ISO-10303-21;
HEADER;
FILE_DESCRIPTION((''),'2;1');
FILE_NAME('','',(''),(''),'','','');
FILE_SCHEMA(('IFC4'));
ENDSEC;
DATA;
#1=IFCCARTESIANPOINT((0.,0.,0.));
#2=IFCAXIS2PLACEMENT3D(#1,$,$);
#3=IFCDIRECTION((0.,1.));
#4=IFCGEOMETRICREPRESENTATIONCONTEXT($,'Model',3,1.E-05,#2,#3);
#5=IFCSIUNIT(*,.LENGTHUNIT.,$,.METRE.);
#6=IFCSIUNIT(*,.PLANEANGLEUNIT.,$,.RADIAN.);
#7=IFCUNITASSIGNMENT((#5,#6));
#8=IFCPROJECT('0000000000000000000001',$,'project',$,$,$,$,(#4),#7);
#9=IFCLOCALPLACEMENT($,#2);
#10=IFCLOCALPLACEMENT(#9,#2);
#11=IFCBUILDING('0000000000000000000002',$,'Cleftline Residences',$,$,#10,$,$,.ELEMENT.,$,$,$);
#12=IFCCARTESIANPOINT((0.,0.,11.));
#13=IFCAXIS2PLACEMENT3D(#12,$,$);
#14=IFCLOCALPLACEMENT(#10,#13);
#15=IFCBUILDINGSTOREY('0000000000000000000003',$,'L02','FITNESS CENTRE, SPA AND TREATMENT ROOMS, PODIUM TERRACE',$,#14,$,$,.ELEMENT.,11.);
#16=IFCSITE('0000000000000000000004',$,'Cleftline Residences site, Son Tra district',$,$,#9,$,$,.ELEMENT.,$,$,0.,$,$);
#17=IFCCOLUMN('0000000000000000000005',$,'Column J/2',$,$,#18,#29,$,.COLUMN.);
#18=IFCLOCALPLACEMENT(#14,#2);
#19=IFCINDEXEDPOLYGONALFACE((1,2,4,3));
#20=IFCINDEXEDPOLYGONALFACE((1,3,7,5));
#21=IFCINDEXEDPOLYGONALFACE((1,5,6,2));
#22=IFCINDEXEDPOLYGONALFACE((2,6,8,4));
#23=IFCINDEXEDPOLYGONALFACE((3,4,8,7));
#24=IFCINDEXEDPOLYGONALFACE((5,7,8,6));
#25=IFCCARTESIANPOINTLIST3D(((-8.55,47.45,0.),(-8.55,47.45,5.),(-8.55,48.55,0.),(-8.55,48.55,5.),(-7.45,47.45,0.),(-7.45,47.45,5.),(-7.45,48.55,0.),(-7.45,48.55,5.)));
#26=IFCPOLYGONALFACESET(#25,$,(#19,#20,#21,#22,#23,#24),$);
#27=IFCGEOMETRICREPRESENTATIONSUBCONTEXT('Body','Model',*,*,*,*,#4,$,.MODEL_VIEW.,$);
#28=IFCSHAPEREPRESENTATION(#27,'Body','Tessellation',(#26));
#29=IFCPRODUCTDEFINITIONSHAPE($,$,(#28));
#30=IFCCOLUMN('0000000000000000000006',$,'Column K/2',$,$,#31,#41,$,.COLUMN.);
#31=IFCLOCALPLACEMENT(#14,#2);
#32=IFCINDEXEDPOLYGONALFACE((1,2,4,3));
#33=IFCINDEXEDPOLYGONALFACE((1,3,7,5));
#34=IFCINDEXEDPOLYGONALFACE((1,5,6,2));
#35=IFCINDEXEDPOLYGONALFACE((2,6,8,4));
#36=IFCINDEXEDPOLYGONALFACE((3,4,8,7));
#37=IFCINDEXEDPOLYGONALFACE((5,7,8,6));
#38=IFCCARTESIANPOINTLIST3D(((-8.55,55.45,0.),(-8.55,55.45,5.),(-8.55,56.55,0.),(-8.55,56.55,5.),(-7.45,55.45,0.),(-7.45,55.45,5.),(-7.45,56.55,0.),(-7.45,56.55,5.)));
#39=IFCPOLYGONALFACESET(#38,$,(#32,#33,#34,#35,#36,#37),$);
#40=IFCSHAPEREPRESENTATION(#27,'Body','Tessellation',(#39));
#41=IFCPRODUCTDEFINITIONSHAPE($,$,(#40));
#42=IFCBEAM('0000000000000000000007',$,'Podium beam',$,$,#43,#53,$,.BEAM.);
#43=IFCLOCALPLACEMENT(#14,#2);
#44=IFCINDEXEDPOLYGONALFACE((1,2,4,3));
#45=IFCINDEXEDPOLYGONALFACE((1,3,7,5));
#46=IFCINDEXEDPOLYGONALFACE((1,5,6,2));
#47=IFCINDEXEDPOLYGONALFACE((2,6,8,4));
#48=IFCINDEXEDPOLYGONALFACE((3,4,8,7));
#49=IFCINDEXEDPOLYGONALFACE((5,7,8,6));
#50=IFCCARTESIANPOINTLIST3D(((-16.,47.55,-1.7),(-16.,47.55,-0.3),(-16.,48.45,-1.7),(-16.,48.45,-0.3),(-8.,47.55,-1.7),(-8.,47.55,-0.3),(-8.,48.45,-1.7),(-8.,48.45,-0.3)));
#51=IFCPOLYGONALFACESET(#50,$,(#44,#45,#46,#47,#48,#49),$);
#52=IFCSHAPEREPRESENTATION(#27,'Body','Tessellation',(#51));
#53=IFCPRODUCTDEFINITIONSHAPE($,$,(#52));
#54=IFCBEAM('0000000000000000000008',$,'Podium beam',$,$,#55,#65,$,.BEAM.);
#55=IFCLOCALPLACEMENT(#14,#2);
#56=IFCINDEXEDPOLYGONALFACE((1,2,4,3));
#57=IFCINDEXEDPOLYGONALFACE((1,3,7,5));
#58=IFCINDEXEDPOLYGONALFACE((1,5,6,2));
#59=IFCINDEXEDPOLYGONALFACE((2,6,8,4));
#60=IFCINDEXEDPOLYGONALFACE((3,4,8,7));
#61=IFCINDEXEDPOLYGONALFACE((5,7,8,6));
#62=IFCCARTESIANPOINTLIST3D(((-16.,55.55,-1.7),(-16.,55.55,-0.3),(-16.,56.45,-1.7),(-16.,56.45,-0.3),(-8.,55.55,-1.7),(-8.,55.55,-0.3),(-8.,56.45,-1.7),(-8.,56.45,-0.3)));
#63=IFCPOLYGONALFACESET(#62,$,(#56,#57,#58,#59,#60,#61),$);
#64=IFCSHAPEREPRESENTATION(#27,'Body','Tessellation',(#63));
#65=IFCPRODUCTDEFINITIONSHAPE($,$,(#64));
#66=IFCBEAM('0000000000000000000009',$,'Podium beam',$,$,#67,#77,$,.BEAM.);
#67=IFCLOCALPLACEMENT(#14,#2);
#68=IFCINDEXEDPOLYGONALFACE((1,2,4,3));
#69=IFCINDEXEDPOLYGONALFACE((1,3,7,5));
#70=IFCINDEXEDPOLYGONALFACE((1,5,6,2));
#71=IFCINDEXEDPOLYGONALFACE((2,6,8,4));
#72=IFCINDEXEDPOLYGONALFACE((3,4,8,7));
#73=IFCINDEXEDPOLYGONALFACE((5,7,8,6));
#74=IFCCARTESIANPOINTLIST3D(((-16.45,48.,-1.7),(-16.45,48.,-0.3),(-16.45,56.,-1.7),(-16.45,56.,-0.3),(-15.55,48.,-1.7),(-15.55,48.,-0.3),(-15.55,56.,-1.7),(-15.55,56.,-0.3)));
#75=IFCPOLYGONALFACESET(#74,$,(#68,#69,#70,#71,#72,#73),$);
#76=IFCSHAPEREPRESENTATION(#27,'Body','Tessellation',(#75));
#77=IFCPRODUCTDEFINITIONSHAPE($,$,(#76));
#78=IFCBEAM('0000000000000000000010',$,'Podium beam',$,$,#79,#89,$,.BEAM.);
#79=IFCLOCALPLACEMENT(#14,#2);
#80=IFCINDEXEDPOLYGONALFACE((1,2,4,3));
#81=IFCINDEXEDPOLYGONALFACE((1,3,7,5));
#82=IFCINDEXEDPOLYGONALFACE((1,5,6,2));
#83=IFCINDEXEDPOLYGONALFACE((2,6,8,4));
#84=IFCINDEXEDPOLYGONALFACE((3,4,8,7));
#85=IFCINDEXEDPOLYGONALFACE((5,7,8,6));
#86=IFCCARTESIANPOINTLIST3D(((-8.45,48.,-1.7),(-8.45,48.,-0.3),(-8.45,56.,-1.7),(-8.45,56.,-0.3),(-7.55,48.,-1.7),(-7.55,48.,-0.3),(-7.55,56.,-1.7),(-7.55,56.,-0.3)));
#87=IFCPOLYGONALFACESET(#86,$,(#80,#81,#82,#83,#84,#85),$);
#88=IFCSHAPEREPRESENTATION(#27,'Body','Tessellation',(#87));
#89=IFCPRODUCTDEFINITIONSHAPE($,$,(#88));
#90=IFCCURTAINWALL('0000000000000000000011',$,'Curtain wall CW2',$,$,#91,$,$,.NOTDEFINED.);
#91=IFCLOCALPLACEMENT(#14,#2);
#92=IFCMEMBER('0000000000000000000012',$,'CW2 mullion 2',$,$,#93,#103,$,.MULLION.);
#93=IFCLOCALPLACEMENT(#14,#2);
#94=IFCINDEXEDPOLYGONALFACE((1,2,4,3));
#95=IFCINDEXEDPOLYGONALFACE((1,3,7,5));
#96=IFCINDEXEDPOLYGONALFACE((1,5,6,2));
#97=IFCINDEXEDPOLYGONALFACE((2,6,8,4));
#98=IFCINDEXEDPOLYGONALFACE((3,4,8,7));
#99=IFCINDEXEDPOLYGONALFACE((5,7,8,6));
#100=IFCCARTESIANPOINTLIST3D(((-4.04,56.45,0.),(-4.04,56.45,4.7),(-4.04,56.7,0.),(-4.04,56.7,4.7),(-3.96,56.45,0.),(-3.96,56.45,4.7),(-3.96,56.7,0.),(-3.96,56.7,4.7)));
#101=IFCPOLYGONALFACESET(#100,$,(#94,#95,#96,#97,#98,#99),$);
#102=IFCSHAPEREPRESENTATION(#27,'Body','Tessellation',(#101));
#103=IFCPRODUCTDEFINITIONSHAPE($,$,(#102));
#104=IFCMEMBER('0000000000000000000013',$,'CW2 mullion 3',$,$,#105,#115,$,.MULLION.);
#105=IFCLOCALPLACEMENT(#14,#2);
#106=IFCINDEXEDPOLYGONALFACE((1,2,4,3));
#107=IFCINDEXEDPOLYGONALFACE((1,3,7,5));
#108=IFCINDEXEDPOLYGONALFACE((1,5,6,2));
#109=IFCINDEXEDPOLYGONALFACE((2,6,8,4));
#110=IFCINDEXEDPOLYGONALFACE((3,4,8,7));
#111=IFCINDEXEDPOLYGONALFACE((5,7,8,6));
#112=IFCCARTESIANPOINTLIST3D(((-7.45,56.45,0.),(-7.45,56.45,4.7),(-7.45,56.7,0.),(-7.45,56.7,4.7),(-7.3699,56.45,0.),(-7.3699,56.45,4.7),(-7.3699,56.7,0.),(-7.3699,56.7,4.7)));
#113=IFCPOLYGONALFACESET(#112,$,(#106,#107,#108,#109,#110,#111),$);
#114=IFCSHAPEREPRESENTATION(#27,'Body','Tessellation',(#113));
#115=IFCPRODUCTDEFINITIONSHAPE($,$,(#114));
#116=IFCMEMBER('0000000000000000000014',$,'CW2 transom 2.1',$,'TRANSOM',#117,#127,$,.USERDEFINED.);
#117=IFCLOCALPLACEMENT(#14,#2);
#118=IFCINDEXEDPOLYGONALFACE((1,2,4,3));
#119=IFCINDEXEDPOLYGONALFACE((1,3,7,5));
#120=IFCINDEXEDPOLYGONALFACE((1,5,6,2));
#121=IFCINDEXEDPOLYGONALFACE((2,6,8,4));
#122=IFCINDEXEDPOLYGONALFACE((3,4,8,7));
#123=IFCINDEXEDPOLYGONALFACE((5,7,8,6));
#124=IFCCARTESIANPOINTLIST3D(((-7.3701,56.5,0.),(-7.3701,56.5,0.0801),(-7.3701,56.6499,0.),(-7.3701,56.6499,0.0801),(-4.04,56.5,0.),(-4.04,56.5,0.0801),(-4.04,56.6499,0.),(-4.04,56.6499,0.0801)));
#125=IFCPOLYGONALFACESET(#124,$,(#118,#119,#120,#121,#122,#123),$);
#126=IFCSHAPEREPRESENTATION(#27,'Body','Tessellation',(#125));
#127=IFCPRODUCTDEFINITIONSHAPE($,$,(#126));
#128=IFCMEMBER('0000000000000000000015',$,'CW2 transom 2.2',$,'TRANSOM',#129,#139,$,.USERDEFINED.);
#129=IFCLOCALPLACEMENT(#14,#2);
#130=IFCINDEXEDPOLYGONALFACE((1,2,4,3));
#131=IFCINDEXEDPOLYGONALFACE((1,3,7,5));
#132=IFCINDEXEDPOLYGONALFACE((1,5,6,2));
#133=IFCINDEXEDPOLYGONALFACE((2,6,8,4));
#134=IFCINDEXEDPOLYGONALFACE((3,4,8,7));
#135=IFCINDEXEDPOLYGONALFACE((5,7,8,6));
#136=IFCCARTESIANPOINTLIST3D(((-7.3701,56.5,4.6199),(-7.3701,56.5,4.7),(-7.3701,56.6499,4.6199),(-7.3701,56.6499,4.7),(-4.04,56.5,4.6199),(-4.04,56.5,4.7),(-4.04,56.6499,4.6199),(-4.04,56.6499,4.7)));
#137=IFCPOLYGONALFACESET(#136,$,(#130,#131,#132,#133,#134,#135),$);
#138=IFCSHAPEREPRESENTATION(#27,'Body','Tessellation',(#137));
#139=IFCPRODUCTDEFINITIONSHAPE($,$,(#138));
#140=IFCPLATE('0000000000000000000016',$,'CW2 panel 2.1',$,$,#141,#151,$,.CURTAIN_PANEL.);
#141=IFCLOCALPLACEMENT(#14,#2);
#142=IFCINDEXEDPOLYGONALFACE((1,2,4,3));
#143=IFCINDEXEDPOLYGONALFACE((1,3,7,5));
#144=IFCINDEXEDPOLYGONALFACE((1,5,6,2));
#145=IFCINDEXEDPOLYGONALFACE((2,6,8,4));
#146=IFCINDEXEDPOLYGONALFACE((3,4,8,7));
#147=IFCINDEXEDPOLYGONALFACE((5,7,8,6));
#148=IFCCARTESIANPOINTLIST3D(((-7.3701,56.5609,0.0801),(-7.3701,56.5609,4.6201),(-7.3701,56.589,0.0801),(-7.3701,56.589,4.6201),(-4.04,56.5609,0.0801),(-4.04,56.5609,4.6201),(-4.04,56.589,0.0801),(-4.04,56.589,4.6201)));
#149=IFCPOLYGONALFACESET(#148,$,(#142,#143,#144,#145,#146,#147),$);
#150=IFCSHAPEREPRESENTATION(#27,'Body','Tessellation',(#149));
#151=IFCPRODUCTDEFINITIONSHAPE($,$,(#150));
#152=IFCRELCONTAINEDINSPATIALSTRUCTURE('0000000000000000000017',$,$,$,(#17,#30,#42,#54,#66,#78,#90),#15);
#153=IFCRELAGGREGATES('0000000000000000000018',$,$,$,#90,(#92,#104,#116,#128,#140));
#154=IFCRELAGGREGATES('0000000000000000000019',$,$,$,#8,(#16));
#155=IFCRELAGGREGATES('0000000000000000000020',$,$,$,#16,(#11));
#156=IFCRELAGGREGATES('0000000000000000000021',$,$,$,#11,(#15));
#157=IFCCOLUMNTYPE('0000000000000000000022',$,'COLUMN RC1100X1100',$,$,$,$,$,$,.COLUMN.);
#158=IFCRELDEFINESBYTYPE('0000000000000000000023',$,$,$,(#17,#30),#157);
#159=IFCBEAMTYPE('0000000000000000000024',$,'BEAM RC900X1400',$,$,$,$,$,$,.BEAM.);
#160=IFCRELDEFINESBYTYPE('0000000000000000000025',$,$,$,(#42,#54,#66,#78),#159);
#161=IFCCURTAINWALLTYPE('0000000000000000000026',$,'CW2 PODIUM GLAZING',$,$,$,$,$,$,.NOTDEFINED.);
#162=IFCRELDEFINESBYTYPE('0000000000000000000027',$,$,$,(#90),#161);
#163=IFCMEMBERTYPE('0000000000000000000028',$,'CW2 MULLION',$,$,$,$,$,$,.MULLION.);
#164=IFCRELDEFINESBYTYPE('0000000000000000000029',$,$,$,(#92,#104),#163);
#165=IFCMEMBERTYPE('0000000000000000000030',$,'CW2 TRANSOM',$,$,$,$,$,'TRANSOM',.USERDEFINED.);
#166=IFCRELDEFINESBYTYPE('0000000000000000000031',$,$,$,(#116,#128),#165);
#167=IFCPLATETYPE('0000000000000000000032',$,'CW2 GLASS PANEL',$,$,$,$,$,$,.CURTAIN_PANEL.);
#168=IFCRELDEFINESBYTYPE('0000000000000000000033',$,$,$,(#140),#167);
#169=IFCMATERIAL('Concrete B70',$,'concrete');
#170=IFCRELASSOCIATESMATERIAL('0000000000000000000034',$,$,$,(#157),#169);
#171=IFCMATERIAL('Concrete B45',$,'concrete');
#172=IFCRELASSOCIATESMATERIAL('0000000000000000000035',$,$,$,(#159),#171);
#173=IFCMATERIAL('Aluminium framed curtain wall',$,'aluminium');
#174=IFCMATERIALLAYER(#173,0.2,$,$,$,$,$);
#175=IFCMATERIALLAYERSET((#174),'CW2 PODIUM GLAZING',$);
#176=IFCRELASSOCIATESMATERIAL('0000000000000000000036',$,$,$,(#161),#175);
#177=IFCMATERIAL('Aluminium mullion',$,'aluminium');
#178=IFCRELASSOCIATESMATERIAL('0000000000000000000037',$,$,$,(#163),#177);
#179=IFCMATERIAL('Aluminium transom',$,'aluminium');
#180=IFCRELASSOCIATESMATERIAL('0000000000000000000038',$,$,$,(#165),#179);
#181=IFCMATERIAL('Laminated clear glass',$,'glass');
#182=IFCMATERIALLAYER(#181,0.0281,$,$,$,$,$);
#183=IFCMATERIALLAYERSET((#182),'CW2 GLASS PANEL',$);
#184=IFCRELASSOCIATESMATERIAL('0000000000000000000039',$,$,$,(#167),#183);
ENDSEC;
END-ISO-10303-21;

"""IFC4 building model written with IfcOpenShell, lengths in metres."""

from ifc_helpers import new_model, si_unit, direction, frame, origin, origin_2d, place, context, subcontext, project, spatial, rectangle, extrude, material, layer, layer_set, material_profile, profile_set, type_object, element, aggregate, save


model = new_model("IFC4")

# Units and contexts
model_context = context("Model", 3, precision=1e-05, world=origin(), true_north=direction((0.0, 1.0)))
body_context = subcontext(model_context, "Body", "Model", "MODEL_VIEW")
ifc_project = project(units=[si_unit("LENGTHUNIT", "METRE"), si_unit("PLANEANGLEUNIT", "RADIAN")], contexts=[model_context])

# Site, building, storey
site_placement = place(None, origin())
site = spatial("IfcSite", under=ifc_project, at=site_placement, Name="Cleftline Residences site, Son Tra district", CompositionType="ELEMENT", RefElevation=0.0)
building_placement = place(site_placement, origin())
building = spatial("IfcBuilding", under=site, at=building_placement, Name="Cleftline Residences", CompositionType="ELEMENT")
storey_placement = place(building_placement, frame((0.0, 0.0, 11.0)))
storey = spatial("IfcBuildingStorey", under=building, at=storey_placement, Name="L02", Description="FITNESS CENTRE, SPA AND TREATMENT ROOMS, PODIUM TERRACE", CompositionType="ELEMENT", Elevation=11.0)

# Columns
ifc_material_1 = material(Name="Concrete B70", Category="concrete")
ifc_material_profile_1 = material_profile(ifc_material_1, rectangle(XDim=1.1001, YDim=1.1001, at=origin_2d()))
ifc_profile_set_1 = profile_set([ifc_material_profile_1], Name="Concrete B70")
column_type = type_object("IfcColumnType", Name="COLUMN RC1100X1100", PredefinedType="COLUMN", material=ifc_profile_set_1)
for number, where, z_axis, x_axis, name in (
    (1, (-8.0, 48.0, 0.0), (0.0, 0.0, 1.0), (1.0, 0.0, 0.0), "Column J/2"),
    (2, (-8.0, 56.0, 0.0), (0.0, 0.0, 1.0), (1.0, 0.0, 0.0), "Column K/2"),
):
    element("IfcColumn", number, at=place(storey_placement, frame(where, z_axis=z_axis, x_axis=x_axis)), inside=storey, type_object=column_type, Name=name, PredefinedType="COLUMN", context=body_context, shape_type="SweptSolid", body=[
        extrude(rectangle(XDim=1.1001, YDim=1.1001, at=origin_2d()), origin(), (0.0, 0.0, 1.0), 5.0),
    ])

# Beams
ifc_material_2 = material(Name="Concrete B45", Category="concrete")
ifc_material_profile_2 = material_profile(ifc_material_2, rectangle(XDim=0.8999, YDim=1.3999, at=origin_2d()))
ifc_profile_set_2 = profile_set([ifc_material_profile_2], Name="Concrete B45")
beam_type = type_object("IfcBeamType", Name="BEAM RC900X1400", PredefinedType="BEAM", material=ifc_profile_set_2)
for number, where, z_axis, x_axis, name in (
    (3, (-16.0, 48.0, -1.0), (1.0, 0.0, 0.0), (0.0, 1.0, 0.0), "Podium beam"),
    (4, (-16.0, 56.0, -1.0), (1.0, 0.0, 0.0), (0.0, 1.0, 0.0), "Podium beam"),
    (5, (-16.0, 48.0, -1.0), (0.0, 1.0, 0.0), (-1.0, 0.0, 0.0), "Podium beam"),
    (6, (-8.0, 48.0, -1.0), (0.0, 1.0, 0.0), (-1.0, 0.0, 0.0), "Podium beam"),
):
    element("IfcBeam", number, at=place(storey_placement, frame(where, z_axis=z_axis, x_axis=x_axis)), inside=storey, type_object=beam_type, Name=name, PredefinedType="BEAM", context=body_context, shape_type="SweptSolid", body=[
        extrude(rectangle(XDim=0.8999, YDim=1.3999, at=origin_2d()), origin(), (0.0, 0.0, 1.0), 8.0),
    ])

# Curtain wall, members, plate
ifc_material_3 = material(Name="Aluminium framed curtain wall", Category="aluminium")
ifc_layer_1 = layer(ifc_material_3, 0.2)
ifc_layer_set_1 = layer_set([ifc_layer_1], Name="CW2 PODIUM GLAZING")
curtain_wall_type = type_object("IfcCurtainWallType", Name="CW2 PODIUM GLAZING", PredefinedType="NOTDEFINED", material=ifc_layer_set_1)
curtain_wall_placement = place(storey_placement, origin())
curtain_wall = element("IfcCurtainWall", 7, at=curtain_wall_placement, inside=storey, type_object=curtain_wall_type, Name="Curtain wall CW2", PredefinedType="NOTDEFINED")
ifc_material_4 = material(Name="Aluminium mullion", Category="aluminium")
ifc_material_profile_3 = material_profile(ifc_material_4, rectangle(XDim=0.25, YDim=0.0801, at=origin_2d()))
ifc_profile_set_3 = profile_set([ifc_material_profile_3], Name="Aluminium mullion")
member_type_1 = type_object("IfcMemberType", Name="CW2 MULLION", PredefinedType="MULLION", material=ifc_profile_set_3)
member_1_placement = place(storey_placement, frame((-4.0, 56.575, 0.0), z_axis=(0.0, 0.0, 1.0), x_axis=(0.0, -1.0, 0.0)))
member_1 = element("IfcMember", 8, at=member_1_placement, type_object=member_type_1, Name="CW2 mullion 2", PredefinedType="MULLION", context=body_context, shape_type="SweptSolid", body=[
    extrude(rectangle(XDim=0.25, YDim=0.0801, at=origin_2d()), origin(), (0.0, 0.0, 1.0), 4.7),
])
member_2_placement = place(storey_placement, frame((-7.4099, 56.575, 0.0), z_axis=(0.0, 0.0, 1.0), x_axis=(0.0, -1.0, 0.0)))
member_2 = element("IfcMember", 9, at=member_2_placement, type_object=member_type_1, Name="CW2 mullion 3", PredefinedType="MULLION", context=body_context, shape_type="SweptSolid", body=[
    extrude(rectangle(XDim=0.25, YDim=0.0801, at=origin_2d()), origin(), (0.0, 0.0, 1.0), 4.7),
])
ifc_material_5 = material(Name="Aluminium transom", Category="aluminium")
ifc_material_profile_4 = material_profile(ifc_material_5, rectangle(XDim=0.1499, YDim=0.0801, at=origin_2d()))
ifc_profile_set_4 = profile_set([ifc_material_profile_4], Name="Aluminium transom")
member_type_2 = type_object("IfcMemberType", Name="CW2 TRANSOM", ElementType="TRANSOM", PredefinedType="USERDEFINED", material=ifc_profile_set_4)
member_3_placement = place(storey_placement, frame((-4.04, 56.575, 0.04), z_axis=(-1.0, 0.0, 0.0), x_axis=(0.0, -1.0, 0.0)))
member_3 = element("IfcMember", 10, at=member_3_placement, type_object=member_type_2, Name="CW2 transom 2.1", ObjectType="TRANSOM", PredefinedType="USERDEFINED", context=body_context, shape_type="SweptSolid", body=[
    extrude(rectangle(XDim=0.1499, YDim=0.0801, at=origin_2d()), origin(), (0.0, 0.0, 1.0), 3.3301),
])
member_4_placement = place(storey_placement, frame((-4.04, 56.575, 4.6599), z_axis=(-1.0, 0.0, 0.0), x_axis=(0.0, -1.0, 0.0)))
member_4 = element("IfcMember", 11, at=member_4_placement, type_object=member_type_2, Name="CW2 transom 2.2", ObjectType="TRANSOM", PredefinedType="USERDEFINED", context=body_context, shape_type="SweptSolid", body=[
    extrude(rectangle(XDim=0.1499, YDim=0.0801, at=origin_2d()), origin(), (0.0, 0.0, 1.0), 3.3301),
])
ifc_material_6 = material(Name="Laminated clear glass", Category="glass")
ifc_layer_2 = layer(ifc_material_6, 0.0281)
ifc_layer_set_2 = layer_set([ifc_layer_2], Name="CW2 GLASS PANEL")
plate_type = type_object("IfcPlateType", Name="CW2 GLASS PANEL", PredefinedType="CURTAIN_PANEL", material=ifc_layer_set_2)
plate_placement = place(storey_placement, frame((-5.7051, 56.575, 0.0801), z_axis=(0.0, 0.0, 1.0), x_axis=(-1.0, 0.0, 0.0)))
plate = element("IfcPlate", 12, at=plate_placement, type_object=plate_type, Name="CW2 panel 2.1", PredefinedType="CURTAIN_PANEL", context=body_context, shape_type="SweptSolid", body=[
    extrude(rectangle(XDim=3.3301, YDim=0.0281, at=origin_2d()), origin(), (0.0, 0.0, 1.0), 4.54),
])
aggregate(curtain_wall, [member_1, member_2, member_3, member_4, plate])

save(model, "model.ifc")
